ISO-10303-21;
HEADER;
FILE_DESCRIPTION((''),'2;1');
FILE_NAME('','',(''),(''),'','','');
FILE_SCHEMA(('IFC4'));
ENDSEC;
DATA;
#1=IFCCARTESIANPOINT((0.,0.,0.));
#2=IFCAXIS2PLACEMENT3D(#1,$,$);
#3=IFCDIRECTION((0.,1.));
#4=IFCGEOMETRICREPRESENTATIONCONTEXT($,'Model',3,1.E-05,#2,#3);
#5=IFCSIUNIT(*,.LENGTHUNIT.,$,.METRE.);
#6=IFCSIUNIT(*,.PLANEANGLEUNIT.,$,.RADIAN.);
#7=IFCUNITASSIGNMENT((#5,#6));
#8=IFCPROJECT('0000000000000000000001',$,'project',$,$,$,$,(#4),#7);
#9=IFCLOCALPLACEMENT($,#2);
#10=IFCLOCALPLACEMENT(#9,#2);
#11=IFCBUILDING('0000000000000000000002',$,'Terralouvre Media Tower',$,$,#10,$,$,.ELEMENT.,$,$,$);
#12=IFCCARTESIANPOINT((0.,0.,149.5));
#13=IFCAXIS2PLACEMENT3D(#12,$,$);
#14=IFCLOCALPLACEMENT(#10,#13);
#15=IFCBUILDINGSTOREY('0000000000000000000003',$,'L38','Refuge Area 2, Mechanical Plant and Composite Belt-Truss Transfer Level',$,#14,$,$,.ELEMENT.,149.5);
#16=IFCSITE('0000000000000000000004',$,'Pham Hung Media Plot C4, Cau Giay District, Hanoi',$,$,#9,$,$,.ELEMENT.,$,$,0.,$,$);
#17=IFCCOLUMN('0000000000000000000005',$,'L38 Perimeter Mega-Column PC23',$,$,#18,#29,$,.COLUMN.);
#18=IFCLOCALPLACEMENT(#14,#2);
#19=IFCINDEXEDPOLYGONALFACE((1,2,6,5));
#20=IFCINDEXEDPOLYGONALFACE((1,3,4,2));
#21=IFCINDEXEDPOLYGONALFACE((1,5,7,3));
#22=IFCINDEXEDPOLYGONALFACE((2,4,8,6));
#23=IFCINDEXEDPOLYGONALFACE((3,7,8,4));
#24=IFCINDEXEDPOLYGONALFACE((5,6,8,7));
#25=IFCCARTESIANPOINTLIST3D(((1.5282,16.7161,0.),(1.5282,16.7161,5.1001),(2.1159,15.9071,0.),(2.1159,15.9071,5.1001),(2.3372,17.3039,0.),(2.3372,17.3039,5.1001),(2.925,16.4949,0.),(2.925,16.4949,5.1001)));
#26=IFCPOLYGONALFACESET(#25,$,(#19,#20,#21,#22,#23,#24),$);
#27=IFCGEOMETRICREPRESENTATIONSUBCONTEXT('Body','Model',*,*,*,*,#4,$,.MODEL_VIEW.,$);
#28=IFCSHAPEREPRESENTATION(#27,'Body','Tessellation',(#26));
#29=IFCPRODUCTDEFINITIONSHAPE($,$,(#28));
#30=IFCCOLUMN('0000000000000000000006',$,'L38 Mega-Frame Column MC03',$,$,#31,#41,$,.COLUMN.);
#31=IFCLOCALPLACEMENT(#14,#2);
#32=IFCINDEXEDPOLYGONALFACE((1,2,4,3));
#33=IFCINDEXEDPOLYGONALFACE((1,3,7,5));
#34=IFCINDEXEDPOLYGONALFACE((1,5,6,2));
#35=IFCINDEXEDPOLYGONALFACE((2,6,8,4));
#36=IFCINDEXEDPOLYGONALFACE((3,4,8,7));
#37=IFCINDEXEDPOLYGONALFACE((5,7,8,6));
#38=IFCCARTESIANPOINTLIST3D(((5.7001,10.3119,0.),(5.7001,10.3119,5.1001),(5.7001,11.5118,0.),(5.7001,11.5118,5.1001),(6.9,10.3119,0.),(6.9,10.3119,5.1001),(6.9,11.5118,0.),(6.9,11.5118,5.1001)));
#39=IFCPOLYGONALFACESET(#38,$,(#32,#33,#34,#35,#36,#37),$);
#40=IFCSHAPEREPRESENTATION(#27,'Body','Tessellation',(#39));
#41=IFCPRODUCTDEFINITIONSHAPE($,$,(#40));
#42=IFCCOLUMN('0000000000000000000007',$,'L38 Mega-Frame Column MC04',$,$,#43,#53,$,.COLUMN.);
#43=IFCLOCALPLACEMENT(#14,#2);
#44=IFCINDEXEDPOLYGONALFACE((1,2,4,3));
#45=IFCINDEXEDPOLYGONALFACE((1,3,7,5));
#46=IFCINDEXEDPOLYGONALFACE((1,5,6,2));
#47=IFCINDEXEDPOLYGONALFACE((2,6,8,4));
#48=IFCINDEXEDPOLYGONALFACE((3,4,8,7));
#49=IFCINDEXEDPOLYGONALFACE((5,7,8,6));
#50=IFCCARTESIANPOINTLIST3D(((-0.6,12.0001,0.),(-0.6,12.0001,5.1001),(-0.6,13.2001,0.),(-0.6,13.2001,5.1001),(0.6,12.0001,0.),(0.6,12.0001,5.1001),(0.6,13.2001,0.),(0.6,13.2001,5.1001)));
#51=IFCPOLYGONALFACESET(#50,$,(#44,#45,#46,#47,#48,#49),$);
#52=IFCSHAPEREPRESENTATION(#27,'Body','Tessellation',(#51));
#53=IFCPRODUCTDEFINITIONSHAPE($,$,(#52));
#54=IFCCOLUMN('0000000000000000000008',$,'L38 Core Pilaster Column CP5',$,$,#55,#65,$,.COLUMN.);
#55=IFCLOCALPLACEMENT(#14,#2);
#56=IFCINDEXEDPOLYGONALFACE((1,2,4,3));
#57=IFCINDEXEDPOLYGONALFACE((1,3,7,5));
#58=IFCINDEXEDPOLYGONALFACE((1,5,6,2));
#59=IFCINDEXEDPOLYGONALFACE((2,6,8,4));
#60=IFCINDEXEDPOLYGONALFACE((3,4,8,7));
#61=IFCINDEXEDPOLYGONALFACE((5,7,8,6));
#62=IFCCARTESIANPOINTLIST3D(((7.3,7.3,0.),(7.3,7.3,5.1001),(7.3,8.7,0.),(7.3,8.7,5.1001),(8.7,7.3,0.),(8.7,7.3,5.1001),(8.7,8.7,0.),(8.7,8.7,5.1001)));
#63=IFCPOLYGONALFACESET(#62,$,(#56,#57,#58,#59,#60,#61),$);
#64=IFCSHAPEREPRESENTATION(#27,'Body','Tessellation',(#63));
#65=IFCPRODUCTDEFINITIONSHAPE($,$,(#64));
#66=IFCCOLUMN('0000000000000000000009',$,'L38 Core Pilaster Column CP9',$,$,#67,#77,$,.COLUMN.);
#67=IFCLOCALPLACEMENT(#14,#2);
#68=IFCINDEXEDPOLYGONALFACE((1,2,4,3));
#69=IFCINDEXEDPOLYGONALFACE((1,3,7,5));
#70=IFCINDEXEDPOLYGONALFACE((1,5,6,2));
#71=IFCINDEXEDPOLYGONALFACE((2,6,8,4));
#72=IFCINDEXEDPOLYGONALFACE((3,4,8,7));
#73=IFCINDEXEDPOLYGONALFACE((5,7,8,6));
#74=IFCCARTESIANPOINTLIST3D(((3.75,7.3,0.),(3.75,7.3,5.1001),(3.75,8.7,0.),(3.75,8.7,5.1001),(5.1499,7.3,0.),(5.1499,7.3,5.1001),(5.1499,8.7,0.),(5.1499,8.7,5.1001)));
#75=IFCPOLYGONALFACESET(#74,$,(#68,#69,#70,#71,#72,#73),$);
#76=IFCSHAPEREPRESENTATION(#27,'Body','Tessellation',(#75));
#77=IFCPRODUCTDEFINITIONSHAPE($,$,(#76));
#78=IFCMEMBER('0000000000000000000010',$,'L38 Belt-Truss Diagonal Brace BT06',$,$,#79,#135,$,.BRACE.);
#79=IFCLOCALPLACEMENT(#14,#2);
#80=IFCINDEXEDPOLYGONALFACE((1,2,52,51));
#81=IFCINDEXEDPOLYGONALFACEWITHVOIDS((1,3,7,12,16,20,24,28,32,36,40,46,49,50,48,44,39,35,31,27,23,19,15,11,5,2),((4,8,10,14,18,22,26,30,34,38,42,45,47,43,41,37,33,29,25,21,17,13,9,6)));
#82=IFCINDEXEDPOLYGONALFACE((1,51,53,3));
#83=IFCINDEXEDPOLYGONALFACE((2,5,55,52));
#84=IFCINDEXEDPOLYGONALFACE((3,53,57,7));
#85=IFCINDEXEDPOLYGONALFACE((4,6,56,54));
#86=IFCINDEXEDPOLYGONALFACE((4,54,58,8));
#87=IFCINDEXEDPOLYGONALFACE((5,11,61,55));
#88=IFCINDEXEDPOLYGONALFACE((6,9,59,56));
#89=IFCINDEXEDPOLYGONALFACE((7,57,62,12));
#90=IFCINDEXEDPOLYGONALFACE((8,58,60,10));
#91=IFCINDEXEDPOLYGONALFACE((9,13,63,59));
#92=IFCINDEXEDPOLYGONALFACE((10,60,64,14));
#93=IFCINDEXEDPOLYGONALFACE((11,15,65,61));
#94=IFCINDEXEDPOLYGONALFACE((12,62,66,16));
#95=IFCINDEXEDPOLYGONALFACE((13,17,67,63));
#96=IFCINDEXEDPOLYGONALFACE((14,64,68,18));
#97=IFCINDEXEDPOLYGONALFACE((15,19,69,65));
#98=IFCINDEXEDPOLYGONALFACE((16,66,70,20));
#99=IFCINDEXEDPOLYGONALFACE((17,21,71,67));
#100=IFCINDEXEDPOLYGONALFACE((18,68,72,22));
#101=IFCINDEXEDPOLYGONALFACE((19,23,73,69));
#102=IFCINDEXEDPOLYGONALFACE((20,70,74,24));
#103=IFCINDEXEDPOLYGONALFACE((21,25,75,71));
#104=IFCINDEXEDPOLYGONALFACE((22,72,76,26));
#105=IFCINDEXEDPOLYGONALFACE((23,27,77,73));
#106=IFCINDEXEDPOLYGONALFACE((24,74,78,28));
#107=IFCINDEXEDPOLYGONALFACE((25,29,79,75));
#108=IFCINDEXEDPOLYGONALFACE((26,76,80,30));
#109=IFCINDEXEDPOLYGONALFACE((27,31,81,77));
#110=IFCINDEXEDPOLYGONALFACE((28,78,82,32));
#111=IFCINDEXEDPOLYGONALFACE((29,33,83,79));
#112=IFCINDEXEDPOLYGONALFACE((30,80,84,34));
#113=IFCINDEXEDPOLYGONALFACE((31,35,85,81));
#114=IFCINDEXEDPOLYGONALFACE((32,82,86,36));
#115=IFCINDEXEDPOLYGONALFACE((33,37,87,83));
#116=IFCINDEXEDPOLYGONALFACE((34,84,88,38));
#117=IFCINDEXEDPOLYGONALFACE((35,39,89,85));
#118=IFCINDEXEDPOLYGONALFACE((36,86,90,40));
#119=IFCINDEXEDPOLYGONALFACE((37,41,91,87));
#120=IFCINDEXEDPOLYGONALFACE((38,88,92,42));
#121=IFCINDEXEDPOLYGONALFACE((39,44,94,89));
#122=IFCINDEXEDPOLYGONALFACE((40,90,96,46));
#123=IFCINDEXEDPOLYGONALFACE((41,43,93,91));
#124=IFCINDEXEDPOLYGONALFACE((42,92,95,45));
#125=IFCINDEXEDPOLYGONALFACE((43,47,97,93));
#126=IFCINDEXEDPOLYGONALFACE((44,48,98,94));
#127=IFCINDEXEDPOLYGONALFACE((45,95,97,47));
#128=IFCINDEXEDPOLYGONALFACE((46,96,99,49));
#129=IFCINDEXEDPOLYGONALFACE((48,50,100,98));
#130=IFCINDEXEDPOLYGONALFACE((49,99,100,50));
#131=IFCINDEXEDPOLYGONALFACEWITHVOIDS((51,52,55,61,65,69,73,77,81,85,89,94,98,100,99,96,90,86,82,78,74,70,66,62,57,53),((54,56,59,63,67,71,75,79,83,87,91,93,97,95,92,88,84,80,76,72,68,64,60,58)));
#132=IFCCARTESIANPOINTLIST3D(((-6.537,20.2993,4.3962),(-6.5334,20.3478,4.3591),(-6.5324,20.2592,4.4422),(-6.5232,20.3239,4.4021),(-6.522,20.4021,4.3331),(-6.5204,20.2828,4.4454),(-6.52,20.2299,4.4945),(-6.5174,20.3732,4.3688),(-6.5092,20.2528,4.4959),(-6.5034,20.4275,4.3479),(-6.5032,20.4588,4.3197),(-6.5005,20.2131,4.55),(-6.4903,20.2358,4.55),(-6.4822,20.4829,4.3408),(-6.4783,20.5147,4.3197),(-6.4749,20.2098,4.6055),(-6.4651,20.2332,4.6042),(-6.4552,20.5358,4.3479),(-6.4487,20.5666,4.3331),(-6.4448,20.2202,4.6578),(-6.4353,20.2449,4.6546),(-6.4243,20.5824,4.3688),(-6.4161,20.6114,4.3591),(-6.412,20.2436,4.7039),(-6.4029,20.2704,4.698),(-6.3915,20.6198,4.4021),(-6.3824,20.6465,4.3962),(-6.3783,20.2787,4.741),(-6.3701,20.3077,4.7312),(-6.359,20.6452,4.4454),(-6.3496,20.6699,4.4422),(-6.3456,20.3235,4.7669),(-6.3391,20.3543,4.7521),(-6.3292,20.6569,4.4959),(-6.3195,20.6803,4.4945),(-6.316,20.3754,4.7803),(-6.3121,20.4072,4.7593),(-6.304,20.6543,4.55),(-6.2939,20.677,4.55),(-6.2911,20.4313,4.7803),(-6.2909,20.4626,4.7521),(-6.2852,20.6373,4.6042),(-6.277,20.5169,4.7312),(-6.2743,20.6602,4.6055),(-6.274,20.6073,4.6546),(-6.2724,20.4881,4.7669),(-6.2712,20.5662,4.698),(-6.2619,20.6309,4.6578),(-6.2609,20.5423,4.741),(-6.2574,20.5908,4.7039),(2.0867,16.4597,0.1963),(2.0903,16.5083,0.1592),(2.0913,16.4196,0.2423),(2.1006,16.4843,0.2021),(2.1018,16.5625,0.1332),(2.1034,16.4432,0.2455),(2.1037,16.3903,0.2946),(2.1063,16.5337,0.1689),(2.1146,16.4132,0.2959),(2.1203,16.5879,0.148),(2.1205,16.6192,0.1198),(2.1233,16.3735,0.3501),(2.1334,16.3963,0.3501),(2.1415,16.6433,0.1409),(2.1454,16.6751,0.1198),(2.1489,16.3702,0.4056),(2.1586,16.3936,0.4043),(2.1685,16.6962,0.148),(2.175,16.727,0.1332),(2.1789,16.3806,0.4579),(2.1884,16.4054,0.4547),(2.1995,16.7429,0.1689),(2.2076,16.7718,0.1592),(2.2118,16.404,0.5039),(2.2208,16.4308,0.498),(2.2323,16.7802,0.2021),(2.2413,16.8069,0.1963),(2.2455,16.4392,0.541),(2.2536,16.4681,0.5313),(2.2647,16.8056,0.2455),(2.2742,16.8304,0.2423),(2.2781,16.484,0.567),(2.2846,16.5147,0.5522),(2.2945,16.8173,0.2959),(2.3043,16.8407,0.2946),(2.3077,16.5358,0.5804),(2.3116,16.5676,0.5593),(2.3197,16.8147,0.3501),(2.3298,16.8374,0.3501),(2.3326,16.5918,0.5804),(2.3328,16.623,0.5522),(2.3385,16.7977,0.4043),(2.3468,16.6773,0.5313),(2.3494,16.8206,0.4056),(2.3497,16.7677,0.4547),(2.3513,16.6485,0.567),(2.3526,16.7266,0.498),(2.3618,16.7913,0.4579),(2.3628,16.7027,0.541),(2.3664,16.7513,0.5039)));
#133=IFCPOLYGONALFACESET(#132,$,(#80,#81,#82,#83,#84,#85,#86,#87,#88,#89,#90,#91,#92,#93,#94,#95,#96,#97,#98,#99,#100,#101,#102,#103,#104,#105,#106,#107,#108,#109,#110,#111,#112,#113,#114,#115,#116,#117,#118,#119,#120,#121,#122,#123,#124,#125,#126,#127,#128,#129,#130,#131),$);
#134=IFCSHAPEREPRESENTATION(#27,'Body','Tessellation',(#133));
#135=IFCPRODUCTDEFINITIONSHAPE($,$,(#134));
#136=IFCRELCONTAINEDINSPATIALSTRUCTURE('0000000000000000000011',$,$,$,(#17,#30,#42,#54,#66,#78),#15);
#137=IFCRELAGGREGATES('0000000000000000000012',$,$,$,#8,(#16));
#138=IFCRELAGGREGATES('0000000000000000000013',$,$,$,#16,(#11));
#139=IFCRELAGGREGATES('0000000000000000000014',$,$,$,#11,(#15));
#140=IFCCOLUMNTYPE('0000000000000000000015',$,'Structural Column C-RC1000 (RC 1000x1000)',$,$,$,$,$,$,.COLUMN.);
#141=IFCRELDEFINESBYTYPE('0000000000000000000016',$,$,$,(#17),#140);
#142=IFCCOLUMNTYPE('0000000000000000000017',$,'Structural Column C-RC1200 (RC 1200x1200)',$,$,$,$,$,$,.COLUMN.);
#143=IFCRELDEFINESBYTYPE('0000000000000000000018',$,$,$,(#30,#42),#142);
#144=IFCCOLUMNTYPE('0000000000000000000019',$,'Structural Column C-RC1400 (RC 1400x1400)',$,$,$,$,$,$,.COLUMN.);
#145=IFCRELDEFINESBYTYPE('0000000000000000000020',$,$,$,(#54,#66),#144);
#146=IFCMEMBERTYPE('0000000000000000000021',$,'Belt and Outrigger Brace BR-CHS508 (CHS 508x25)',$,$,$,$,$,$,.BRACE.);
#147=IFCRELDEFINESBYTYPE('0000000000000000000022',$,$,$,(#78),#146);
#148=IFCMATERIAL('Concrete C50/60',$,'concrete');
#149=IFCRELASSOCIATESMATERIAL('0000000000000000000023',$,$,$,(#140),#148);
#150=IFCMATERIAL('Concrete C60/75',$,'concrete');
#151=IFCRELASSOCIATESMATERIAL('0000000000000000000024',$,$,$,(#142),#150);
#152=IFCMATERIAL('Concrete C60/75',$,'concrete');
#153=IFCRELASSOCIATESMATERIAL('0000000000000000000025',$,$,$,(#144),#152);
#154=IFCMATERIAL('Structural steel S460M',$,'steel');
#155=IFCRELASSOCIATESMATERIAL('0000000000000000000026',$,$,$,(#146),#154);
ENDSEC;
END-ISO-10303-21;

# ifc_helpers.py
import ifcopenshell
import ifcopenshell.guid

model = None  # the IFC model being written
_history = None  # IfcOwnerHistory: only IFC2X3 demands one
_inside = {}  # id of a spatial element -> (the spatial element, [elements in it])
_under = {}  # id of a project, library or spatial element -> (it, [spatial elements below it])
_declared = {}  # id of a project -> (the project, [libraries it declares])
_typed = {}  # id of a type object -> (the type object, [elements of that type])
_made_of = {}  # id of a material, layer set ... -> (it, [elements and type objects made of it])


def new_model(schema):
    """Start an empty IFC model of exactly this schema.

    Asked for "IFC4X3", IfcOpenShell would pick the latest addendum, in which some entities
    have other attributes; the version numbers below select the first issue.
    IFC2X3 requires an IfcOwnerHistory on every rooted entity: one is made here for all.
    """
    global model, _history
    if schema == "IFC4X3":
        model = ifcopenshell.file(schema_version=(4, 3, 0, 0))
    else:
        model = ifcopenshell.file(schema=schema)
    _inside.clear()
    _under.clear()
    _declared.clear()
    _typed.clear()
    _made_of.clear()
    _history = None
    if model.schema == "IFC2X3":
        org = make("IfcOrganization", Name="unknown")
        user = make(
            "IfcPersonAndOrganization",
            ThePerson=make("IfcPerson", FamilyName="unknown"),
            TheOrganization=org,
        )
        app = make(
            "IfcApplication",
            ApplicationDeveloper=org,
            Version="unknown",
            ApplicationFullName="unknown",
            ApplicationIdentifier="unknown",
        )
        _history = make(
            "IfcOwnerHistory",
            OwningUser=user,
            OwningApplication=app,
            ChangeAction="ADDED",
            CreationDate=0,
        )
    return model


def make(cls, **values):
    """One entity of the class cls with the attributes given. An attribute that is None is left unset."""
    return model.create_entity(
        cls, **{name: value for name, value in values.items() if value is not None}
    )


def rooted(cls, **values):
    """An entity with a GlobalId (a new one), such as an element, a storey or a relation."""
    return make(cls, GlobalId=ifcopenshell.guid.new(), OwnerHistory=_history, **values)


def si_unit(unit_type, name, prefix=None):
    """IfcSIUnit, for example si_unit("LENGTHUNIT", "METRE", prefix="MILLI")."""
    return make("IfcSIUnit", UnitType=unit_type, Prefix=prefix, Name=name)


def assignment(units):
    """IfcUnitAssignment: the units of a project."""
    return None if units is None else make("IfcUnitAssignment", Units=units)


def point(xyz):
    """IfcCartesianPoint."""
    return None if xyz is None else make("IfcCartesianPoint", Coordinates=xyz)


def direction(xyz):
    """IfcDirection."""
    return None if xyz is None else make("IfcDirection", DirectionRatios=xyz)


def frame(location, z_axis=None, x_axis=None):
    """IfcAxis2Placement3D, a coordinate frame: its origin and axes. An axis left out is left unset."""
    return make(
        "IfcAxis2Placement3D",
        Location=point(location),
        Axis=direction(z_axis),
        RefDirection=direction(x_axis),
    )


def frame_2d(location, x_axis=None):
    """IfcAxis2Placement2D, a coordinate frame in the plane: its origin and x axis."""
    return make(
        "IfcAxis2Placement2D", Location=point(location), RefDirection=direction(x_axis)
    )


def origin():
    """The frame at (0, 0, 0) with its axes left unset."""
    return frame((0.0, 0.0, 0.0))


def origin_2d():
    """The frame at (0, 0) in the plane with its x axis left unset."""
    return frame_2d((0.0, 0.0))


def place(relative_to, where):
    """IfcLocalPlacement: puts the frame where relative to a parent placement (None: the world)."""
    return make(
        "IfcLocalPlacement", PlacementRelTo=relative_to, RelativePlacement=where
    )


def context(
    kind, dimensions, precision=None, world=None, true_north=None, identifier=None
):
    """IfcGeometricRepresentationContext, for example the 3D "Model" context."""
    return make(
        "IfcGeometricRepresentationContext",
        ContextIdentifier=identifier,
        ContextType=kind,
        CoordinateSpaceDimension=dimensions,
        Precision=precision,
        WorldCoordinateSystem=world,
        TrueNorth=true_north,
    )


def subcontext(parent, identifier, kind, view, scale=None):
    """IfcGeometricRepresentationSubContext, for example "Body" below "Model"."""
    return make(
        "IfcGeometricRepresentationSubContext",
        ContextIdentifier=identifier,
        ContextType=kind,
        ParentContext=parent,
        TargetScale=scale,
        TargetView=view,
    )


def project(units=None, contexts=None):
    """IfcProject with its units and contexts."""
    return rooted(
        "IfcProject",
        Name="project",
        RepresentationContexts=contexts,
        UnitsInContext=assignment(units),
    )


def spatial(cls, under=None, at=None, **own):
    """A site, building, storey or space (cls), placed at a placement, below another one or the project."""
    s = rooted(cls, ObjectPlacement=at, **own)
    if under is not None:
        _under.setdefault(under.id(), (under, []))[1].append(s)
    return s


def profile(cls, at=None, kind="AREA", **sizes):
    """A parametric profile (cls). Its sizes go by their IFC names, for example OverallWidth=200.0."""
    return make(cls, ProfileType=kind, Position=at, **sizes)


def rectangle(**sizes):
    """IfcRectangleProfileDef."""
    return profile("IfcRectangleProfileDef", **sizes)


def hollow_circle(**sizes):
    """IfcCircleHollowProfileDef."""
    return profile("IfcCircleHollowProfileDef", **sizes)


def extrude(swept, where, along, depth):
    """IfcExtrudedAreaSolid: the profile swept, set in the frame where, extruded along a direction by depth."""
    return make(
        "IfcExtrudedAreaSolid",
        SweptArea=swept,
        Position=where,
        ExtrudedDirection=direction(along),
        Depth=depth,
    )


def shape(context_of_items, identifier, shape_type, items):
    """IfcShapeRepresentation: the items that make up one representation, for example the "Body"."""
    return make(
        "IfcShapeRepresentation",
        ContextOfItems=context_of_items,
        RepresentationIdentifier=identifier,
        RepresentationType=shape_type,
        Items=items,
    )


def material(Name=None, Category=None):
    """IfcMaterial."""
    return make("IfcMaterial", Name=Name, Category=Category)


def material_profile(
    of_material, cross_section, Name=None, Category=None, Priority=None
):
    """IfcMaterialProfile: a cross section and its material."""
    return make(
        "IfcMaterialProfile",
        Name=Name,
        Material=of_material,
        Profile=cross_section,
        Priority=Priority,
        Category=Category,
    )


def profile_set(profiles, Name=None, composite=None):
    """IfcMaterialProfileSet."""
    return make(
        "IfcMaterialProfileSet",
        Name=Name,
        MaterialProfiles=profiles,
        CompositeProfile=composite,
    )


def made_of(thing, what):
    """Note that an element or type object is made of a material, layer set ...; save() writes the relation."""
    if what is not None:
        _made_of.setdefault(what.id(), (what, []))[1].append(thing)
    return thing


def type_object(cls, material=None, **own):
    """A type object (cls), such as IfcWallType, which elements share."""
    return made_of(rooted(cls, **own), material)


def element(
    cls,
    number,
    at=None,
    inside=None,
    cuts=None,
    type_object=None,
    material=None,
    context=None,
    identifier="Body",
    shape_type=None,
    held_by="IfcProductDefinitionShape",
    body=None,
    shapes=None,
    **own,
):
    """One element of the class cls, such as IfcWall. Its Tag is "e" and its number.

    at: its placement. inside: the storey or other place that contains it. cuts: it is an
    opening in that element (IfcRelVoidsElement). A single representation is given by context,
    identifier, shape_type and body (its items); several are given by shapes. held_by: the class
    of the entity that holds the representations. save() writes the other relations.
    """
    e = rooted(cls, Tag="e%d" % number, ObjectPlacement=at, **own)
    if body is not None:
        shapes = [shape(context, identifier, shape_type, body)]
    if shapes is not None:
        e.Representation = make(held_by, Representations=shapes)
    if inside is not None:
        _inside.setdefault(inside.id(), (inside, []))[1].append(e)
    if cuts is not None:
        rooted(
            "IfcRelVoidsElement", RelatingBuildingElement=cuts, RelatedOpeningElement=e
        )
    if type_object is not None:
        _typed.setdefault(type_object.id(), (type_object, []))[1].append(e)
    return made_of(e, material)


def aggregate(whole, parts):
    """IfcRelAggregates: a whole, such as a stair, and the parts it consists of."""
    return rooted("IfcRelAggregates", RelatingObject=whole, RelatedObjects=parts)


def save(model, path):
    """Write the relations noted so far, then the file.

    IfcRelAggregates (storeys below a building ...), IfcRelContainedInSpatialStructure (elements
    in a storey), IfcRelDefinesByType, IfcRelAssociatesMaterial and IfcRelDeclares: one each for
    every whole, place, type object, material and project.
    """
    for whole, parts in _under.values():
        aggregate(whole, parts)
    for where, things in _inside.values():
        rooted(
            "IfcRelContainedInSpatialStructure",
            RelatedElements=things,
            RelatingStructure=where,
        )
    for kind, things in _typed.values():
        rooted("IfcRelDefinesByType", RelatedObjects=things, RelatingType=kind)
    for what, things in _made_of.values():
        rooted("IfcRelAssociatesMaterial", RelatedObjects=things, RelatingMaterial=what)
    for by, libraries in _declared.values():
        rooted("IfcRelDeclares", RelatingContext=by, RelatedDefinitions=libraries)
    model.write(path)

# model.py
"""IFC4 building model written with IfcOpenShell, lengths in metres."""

from ifc_helpers import new_model, si_unit, direction, frame, origin, origin_2d, place, context, subcontext, project, spatial, rectangle, hollow_circle, extrude, material, material_profile, profile_set, type_object, element, save


model = new_model("IFC4")

# Units and contexts
model_context = context("Model", 3, precision=1e-05, world=origin(), true_north=direction((0.0, 1.0)))
body_context = subcontext(model_context, "Body", "Model", "MODEL_VIEW")
ifc_project = project(units=[si_unit("LENGTHUNIT", "METRE"), si_unit("PLANEANGLEUNIT", "RADIAN")], contexts=[model_context])

# Site, building, storey
site_placement = place(None, origin())
site = spatial("IfcSite", under=ifc_project, at=site_placement, Name="Pham Hung Media Plot C4, Cau Giay District, Hanoi", CompositionType="ELEMENT", RefElevation=0.0)
building_placement = place(site_placement, origin())
building = spatial("IfcBuilding", under=site, at=building_placement, Name="Terralouvre Media Tower", CompositionType="ELEMENT")
storey_placement = place(building_placement, frame((0.0, 0.0, 149.5)))
storey = spatial("IfcBuildingStorey", under=building, at=storey_placement, Name="L38", Description="Refuge Area 2, Mechanical Plant and Composite Belt-Truss Transfer Level", CompositionType="ELEMENT", Elevation=149.5)

# Columns
ifc_material_1 = material(Name="Concrete C50/60", Category="concrete")
ifc_material_profile_1 = material_profile(ifc_material_1, rectangle(XDim=1.0, YDim=1.0, at=origin_2d()), Name="RC 1000x1000")
ifc_profile_set_1 = profile_set([ifc_material_profile_1], Name="Concrete C50/60")
column_type_1 = type_object("IfcColumnType", Name="Structural Column C-RC1000 (RC 1000x1000)", PredefinedType="COLUMN", material=ifc_profile_set_1)
column_placement = place(storey_placement, frame((2.2266, 16.6055, 0.0), z_axis=(0.0, 0.0, 1.0), x_axis=(0.809017, 0.587785, 0.0)))
element("IfcColumn", 1, at=column_placement, inside=storey, type_object=column_type_1, Name="L38 Perimeter Mega-Column PC23", PredefinedType="COLUMN", context=body_context, shape_type="SweptSolid", body=[
    extrude(rectangle(XDim=1.0, YDim=1.0, at=origin_2d()), origin(), (0.0, 0.0, 1.0), 5.1001),
])
ifc_material_2 = material(Name="Concrete C60/75", Category="concrete")
ifc_material_profile_2 = material_profile(ifc_material_2, rectangle(XDim=1.2, YDim=1.2, at=origin_2d()), Name="RC 1200x1200")
ifc_profile_set_2 = profile_set([ifc_material_profile_2], Name="Concrete C60/75")
column_type_2 = type_object("IfcColumnType", Name="Structural Column C-RC1200 (RC 1200x1200)", PredefinedType="COLUMN", material=ifc_profile_set_2)
for number, where, z_axis, x_axis, name in (
    (2, (6.3, 10.9119, 0.0), (0.0, 0.0, 1.0), (1.0, 0.0, 0.0), "L38 Mega-Frame Column MC03"),
    (3, (0.0, 12.6001, 0.0), (0.0, 0.0, 1.0), (1.0, 0.0, 0.0), "L38 Mega-Frame Column MC04"),
):
    element("IfcColumn", number, at=place(storey_placement, frame(where, z_axis=z_axis, x_axis=x_axis)), inside=storey, type_object=column_type_2, Name=name, PredefinedType="COLUMN", context=body_context, shape_type="SweptSolid", body=[
        extrude(rectangle(XDim=1.2, YDim=1.2, at=origin_2d()), origin(), (0.0, 0.0, 1.0), 5.1001),
    ])
ifc_material_3 = material(Name="Concrete C60/75", Category="concrete")
ifc_material_profile_3 = material_profile(ifc_material_3, rectangle(XDim=1.3999, YDim=1.3999, at=origin_2d()), Name="RC 1400x1400")
ifc_profile_set_3 = profile_set([ifc_material_profile_3], Name="Concrete C60/75")
column_type_3 = type_object("IfcColumnType", Name="Structural Column C-RC1400 (RC 1400x1400)", PredefinedType="COLUMN", material=ifc_profile_set_3)
for number, where, z_axis, x_axis, name in (
    (4, (8.0, 8.0, 0.0), (0.0, 0.0, 1.0), (1.0, 0.0, 0.0), "L38 Core Pilaster Column CP5"),
    (5, (4.45, 8.0, 0.0), (0.0, 0.0, 1.0), (1.0, 0.0, 0.0), "L38 Core Pilaster Column CP9"),
):
    element("IfcColumn", number, at=place(storey_placement, frame(where, z_axis=z_axis, x_axis=x_axis)), inside=storey, type_object=column_type_3, Name=name, PredefinedType="COLUMN", context=body_context, shape_type="SweptSolid", body=[
        extrude(rectangle(XDim=1.3999, YDim=1.3999, at=origin_2d()), origin(), (0.0, 0.0, 1.0), 5.1001),
    ])

# Member
ifc_material_4 = material(Name="Structural steel S460M", Category="steel")
ifc_material_profile_4 = material_profile(ifc_material_4, hollow_circle(Radius=0.2539, WallThickness=0.0249, at=origin_2d()), Name="CHS 508x25")
ifc_profile_set_4 = profile_set([ifc_material_profile_4], Name="Structural steel S460M")
member_type_1 = type_object("IfcMemberType", Name="Belt and Outrigger Brace BR-CHS508 (CHS 508x25)", PredefinedType="BRACE", material=ifc_profile_set_4)
member_1_placement = place(storey_placement, frame((2.2266, 16.6055, 0.3501), z_axis=(-0.834661, 0.37162, 0.406497), x_axis=(-0.406741, -0.913544, 0.0)))
element("IfcMember", 6, at=member_1_placement, inside=storey, type_object=member_type_1, Name="L38 Belt-Truss Diagonal Brace BT06", PredefinedType="BRACE", context=body_context, shape_type="SweptSolid", body=[
    extrude(hollow_circle(Radius=0.2539, WallThickness=0.0249, at=origin_2d()), origin(), (0.0, 0.0, 1.0), 10.332),
])

save(model, "model.ifc")
